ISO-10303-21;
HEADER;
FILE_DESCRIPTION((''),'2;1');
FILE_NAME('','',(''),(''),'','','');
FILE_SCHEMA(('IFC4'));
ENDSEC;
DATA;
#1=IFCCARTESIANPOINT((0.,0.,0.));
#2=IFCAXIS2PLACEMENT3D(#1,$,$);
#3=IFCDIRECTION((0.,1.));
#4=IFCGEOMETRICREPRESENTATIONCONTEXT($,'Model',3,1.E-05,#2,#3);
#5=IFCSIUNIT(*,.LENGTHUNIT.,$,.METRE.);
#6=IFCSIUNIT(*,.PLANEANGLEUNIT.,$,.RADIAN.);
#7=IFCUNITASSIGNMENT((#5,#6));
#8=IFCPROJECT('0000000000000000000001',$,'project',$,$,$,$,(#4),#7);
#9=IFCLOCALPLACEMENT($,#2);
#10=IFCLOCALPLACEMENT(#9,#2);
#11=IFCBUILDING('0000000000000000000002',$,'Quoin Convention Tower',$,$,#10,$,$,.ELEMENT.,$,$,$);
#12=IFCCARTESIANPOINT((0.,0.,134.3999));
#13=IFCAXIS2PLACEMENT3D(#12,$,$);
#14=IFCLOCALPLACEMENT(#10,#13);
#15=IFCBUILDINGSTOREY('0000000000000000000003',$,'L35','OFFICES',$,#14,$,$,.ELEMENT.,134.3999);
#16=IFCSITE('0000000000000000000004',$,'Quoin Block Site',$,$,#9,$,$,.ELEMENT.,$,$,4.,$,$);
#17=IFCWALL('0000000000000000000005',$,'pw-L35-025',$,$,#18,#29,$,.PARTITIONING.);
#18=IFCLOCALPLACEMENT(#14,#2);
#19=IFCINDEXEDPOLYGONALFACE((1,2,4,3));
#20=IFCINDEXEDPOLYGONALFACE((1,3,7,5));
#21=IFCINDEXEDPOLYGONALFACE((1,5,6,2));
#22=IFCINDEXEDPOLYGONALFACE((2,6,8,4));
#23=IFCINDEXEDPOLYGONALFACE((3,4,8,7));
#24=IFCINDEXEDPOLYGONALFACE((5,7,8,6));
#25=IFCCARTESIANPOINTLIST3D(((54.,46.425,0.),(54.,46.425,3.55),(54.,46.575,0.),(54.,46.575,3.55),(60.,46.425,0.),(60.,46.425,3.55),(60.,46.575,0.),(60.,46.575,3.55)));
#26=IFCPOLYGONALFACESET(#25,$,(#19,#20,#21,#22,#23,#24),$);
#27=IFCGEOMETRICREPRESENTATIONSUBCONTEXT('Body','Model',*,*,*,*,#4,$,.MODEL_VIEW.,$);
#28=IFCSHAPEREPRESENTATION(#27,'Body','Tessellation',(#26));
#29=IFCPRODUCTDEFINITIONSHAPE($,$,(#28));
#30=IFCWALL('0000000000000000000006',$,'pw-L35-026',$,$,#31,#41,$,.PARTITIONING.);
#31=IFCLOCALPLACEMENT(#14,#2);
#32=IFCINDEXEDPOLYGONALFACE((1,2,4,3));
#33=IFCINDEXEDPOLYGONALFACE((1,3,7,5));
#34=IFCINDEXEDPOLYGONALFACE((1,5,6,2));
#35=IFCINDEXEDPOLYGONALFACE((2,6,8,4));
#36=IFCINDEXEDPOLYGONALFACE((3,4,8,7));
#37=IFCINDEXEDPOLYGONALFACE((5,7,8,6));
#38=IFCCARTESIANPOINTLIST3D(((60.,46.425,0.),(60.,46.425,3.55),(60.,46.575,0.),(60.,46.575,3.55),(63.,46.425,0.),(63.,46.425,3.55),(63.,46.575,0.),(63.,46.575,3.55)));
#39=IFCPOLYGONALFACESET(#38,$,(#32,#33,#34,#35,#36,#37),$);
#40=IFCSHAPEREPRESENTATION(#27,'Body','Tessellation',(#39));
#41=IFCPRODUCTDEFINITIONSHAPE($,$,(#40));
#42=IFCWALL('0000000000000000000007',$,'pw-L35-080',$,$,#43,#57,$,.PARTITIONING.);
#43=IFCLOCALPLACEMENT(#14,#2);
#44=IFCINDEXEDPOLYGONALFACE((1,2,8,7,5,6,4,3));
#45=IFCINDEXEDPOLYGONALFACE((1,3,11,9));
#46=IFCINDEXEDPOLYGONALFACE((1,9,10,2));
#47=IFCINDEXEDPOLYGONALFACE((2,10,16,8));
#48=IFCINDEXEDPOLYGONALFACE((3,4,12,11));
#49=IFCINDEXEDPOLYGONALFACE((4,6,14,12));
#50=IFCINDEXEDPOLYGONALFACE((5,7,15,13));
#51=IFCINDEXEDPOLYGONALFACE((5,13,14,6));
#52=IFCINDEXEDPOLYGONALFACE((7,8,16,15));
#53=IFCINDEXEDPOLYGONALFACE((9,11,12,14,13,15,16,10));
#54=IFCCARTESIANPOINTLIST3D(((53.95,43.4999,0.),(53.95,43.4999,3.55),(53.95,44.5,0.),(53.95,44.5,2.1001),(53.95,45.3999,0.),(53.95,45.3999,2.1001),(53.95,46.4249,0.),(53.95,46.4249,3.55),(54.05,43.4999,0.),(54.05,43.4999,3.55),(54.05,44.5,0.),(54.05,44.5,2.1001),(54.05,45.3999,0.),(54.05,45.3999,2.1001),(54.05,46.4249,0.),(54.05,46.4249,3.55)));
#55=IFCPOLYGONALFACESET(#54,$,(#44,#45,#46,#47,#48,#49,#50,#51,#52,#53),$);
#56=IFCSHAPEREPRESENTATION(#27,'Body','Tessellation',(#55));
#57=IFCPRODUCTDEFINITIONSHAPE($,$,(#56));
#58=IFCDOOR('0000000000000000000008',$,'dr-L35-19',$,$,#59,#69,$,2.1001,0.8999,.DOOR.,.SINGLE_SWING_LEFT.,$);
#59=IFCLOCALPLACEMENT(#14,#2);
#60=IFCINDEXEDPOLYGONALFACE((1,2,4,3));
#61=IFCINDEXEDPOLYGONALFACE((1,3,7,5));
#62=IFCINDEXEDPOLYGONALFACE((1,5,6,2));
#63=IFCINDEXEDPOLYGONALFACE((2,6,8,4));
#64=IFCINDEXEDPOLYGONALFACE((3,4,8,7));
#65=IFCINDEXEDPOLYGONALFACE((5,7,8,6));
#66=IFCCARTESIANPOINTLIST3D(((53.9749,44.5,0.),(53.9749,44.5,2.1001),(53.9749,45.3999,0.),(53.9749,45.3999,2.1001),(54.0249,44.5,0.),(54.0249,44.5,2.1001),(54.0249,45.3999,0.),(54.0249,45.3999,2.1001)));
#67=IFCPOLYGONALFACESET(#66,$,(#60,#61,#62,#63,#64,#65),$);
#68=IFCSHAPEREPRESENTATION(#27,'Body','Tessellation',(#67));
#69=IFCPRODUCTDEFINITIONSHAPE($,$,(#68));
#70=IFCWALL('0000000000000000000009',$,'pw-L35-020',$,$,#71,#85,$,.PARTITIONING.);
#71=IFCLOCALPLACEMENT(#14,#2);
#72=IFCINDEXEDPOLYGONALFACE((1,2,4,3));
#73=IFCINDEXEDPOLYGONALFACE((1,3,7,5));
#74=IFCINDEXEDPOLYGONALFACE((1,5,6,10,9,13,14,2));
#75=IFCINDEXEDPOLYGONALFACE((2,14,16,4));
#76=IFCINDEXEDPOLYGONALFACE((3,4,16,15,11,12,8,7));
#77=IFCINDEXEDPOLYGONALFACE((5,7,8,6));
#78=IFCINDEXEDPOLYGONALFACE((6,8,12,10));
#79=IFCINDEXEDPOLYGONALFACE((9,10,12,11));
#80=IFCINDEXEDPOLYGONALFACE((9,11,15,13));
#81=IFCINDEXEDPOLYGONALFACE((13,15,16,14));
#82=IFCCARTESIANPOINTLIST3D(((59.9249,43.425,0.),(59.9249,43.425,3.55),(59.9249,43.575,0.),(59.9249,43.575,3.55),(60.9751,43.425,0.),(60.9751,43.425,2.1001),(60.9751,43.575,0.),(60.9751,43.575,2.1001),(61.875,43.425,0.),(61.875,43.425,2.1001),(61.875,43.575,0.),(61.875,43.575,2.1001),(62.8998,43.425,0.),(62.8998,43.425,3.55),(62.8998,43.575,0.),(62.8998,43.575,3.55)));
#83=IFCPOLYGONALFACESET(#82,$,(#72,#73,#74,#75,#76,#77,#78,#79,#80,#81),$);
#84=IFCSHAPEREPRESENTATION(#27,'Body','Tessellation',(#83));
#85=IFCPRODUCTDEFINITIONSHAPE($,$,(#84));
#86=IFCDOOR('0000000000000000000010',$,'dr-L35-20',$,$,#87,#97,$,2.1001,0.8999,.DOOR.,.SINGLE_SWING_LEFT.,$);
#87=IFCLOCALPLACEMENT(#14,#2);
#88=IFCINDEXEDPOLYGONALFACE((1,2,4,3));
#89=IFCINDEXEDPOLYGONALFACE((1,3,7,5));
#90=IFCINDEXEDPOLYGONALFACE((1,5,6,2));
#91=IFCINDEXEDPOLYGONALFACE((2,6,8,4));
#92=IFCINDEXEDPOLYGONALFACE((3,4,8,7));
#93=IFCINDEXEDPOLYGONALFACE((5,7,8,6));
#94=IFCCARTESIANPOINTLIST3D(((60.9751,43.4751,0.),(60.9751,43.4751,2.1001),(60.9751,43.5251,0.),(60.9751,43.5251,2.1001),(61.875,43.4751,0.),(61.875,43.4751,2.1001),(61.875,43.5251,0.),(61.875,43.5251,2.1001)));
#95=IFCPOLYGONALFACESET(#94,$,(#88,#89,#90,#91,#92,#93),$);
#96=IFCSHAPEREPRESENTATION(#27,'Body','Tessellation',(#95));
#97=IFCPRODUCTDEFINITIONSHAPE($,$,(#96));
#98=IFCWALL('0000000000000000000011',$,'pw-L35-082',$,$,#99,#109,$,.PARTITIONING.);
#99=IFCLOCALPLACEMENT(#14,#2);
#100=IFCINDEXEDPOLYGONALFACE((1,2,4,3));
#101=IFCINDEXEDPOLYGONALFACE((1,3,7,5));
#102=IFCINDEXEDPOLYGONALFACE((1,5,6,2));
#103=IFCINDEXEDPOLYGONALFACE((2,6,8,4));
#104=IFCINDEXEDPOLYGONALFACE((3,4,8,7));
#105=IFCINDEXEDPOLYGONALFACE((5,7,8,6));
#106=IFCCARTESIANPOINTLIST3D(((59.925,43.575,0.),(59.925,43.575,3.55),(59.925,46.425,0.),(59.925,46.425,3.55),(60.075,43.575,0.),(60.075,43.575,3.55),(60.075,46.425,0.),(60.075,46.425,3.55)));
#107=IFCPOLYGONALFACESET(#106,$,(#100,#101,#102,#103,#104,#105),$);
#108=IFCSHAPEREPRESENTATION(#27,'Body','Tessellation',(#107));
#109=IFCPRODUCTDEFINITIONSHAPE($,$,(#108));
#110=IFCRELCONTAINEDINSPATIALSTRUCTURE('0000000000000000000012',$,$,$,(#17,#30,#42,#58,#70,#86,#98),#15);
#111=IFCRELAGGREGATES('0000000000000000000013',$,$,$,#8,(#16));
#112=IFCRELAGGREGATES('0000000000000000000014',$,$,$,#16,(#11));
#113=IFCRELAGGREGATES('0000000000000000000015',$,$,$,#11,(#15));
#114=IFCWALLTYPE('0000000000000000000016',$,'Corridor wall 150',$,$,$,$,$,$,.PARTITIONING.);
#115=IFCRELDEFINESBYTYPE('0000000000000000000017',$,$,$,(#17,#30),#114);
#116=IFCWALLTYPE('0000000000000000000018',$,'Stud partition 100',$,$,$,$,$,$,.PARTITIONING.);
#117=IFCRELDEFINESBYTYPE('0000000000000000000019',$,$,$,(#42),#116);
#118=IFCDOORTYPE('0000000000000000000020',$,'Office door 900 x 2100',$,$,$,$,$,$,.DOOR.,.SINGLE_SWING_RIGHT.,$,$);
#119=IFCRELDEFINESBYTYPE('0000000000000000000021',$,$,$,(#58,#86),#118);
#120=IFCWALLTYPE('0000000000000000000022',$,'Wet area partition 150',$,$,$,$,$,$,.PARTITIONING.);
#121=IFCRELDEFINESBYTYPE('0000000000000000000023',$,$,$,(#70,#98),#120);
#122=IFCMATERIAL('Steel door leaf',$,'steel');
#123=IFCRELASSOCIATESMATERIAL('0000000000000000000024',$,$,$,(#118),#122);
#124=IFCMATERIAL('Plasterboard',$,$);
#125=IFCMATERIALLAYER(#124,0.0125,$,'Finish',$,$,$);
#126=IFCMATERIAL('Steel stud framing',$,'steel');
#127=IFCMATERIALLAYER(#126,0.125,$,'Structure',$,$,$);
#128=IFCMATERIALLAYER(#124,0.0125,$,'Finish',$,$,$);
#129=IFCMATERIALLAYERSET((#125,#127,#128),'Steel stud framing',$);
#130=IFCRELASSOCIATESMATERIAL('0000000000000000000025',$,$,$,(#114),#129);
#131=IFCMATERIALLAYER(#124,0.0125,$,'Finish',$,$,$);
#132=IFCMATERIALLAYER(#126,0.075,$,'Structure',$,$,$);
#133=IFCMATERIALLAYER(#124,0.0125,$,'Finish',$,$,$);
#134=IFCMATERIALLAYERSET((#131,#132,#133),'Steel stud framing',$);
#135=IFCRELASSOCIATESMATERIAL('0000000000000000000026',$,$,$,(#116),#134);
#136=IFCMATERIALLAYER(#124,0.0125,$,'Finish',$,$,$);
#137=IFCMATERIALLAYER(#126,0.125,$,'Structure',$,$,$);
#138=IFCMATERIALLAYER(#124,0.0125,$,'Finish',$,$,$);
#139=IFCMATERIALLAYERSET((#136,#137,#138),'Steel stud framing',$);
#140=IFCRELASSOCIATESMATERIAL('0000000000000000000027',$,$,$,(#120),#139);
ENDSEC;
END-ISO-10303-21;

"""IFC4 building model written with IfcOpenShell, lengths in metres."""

from ifc_helpers import new_model, si_unit, direction, frame, frame_2d, origin, place, context, subcontext, project, spatial, rectangle, extrude, material, layer, layer_set, type_object, element, fill, save


model = new_model("IFC4")

# Units and contexts
model_context = context("Model", 3, precision=1e-05, world=origin(), true_north=direction((0.0, 1.0)))
body_context = subcontext(model_context, "Body", "Model", "MODEL_VIEW")
ifc_project = project(units=[si_unit("LENGTHUNIT", "METRE"), si_unit("PLANEANGLEUNIT", "RADIAN")], contexts=[model_context])

# Site, building, storey
site_placement = place(None, origin())
site = spatial("IfcSite", under=ifc_project, at=site_placement, Name="Quoin Block Site", CompositionType="ELEMENT", RefElevation=4.0)
building_placement = place(site_placement, origin())
building = spatial("IfcBuilding", under=site, at=building_placement, Name="Quoin Convention Tower", CompositionType="ELEMENT")
storey_placement = place(building_placement, frame((0.0, 0.0, 134.3999)))
storey = spatial("IfcBuildingStorey", under=building, at=storey_placement, Name="L35", Description="OFFICES", CompositionType="ELEMENT", Elevation=134.3999)

# Shared definitions
ifc_material_1 = material(Name="Plasterboard")
ifc_material_2 = material(Name="Steel stud framing", Category="steel")
ifc_material_3 = material(Name="Steel door leaf", Category="steel")
door_type = type_object("IfcDoorType", Name="Office door 900 x 2100", OperationType="SINGLE_SWING_RIGHT", PredefinedType="DOOR", material=ifc_material_3)

# Walls
ifc_layer_1 = layer(ifc_material_1, 0.0125, Name="Finish")
ifc_layer_2 = layer(ifc_material_2, 0.125, Name="Structure")
ifc_layer_3 = layer(ifc_material_1, 0.0125, Name="Finish")
ifc_layer_set_1 = layer_set([ifc_layer_1, ifc_layer_2, ifc_layer_3], Name="Steel stud framing")
wall_type_1 = type_object("IfcWallType", Name="Corridor wall 150", PredefinedType="PARTITIONING", material=ifc_layer_set_1)
wall_1_placement = place(storey_placement, frame((54.0, 46.5, 0.0), z_axis=(0.0, 0.0, 1.0), x_axis=(1.0, 0.0, 0.0)))
element("IfcWall", 1, at=wall_1_placement, inside=storey, type_object=wall_type_1, Name="pw-L35-025", PredefinedType="PARTITIONING", context=body_context, shape_type="SweptSolid", body=[
    extrude(rectangle(XDim=6.0, YDim=0.1499, at=frame_2d((3.0, 0.0))), origin(), (0.0, 0.0, 1.0), 3.55),
])
wall_2_placement = place(storey_placement, frame((60.0, 46.5, 0.0), z_axis=(0.0, 0.0, 1.0), x_axis=(1.0, 0.0, 0.0)))
element("IfcWall", 2, at=wall_2_placement, inside=storey, type_object=wall_type_1, Name="pw-L35-026", PredefinedType="PARTITIONING", context=body_context, shape_type="SweptSolid", body=[
    extrude(rectangle(XDim=3.0, YDim=0.1499, at=frame_2d((1.5, 0.0))), origin(), (0.0, 0.0, 1.0), 3.55),
])

# Walls, openings, doors
ifc_layer_4 = layer(ifc_material_1, 0.0125, Name="Finish")
ifc_layer_5 = layer(ifc_material_2, 0.075, Name="Structure")
ifc_layer_6 = layer(ifc_material_1, 0.0125, Name="Finish")
ifc_layer_set_2 = layer_set([ifc_layer_4, ifc_layer_5, ifc_layer_6], Name="Steel stud framing")
wall_type_2 = type_object("IfcWallType", Name="Stud partition 100", PredefinedType="PARTITIONING", material=ifc_layer_set_2)
wall_3_placement = place(storey_placement, frame((54.0, 43.5, 0.0), z_axis=(0.0, 0.0, 1.0), x_axis=(0.0, 1.0, 0.0)))
wall_3 = element("IfcWall", 3, at=wall_3_placement, inside=storey, type_object=wall_type_2, Name="pw-L35-080", PredefinedType="PARTITIONING", context=body_context, shape_type="SweptSolid", body=[
    extrude(rectangle(XDim=2.925, YDim=0.1001, at=frame_2d((1.4624, 0.0))), origin(), (0.0, 0.0, 1.0), 3.55),
])
opening_1_placement = place(wall_3_placement, frame((1.0, 0.0, 0.0)))
opening_1 = element("IfcOpeningElement", 4, at=opening_1_placement, cuts=wall_3, PredefinedType="OPENING", context=body_context, shape_type="SweptSolid", body=[
    extrude(rectangle(XDim=0.8999, YDim=2.1001, at=frame_2d((0.45, 1.05))), frame((0.0, 0.0601, 0.0), z_axis=(0.0, -1.0, 0.0), x_axis=(1.0, 0.0, 0.0)), (0.0, 0.0, 1.0), 0.1201),
])
door_1_placement = place(opening_1_placement, frame((0.8999, 0.0, 0.0), z_axis=(0.0, 0.0, 1.0), x_axis=(-1.0, 0.0, 0.0)))
door_1 = element("IfcDoor", 5, at=door_1_placement, inside=storey, type_object=door_type, Name="dr-L35-19", OperationType="SINGLE_SWING_LEFT", OverallHeight=2.1001, OverallWidth=0.8999, PredefinedType="DOOR", context=body_context, shape_type="SweptSolid", body=[
    extrude(rectangle(XDim=0.8999, YDim=2.1001, at=frame_2d((0.45, 1.05))), frame((0.0, 0.0249, 0.0), z_axis=(0.0, -1.0, 0.0), x_axis=(1.0, 0.0, 0.0)), (0.0, 0.0, 1.0), 0.05),
])
fill(opening_1, door_1)
ifc_layer_7 = layer(ifc_material_1, 0.0125, Name="Finish")
ifc_layer_8 = layer(ifc_material_2, 0.125, Name="Structure")
ifc_layer_9 = layer(ifc_material_1, 0.0125, Name="Finish")
ifc_layer_set_3 = layer_set([ifc_layer_7, ifc_layer_8, ifc_layer_9], Name="Steel stud framing")
wall_type_3 = type_object("IfcWallType", Name="Wet area partition 150", PredefinedType="PARTITIONING", material=ifc_layer_set_3)
wall_4_placement = place(storey_placement, frame((59.925, 43.5, 0.0), z_axis=(0.0, 0.0, 1.0), x_axis=(1.0, 0.0, 0.0)))
wall_4 = element("IfcWall", 6, at=wall_4_placement, inside=storey, type_object=wall_type_3, Name="pw-L35-020", PredefinedType="PARTITIONING", context=body_context, shape_type="SweptSolid", body=[
    extrude(rectangle(XDim=2.9749, YDim=0.1499, at=frame_2d((1.4873, 0.0))), origin(), (0.0, 0.0, 1.0), 3.55),
])
opening_2_placement = place(wall_4_placement, frame((1.05, 0.0, 0.0)))
opening_2 = element("IfcOpeningElement", 7, at=opening_2_placement, cuts=wall_4, PredefinedType="OPENING", context=body_context, shape_type="SweptSolid", body=[
    extrude(rectangle(XDim=0.8999, YDim=2.1001, at=frame_2d((0.45, 1.05))), frame((0.0, 0.085, 0.0), z_axis=(0.0, -1.0, 0.0), x_axis=(1.0, 0.0, 0.0)), (0.0, 0.0, 1.0), 0.1699),
])
door_2_placement = place(opening_2_placement, frame((0.8999, 0.0, 0.0), z_axis=(0.0, 0.0, 1.0), x_axis=(-1.0, 0.0, 0.0)))
door_2 = element("IfcDoor", 8, at=door_2_placement, inside=storey, type_object=door_type, Name="dr-L35-20", OperationType="SINGLE_SWING_LEFT", OverallHeight=2.1001, OverallWidth=0.8999, PredefinedType="DOOR", context=body_context, shape_type="SweptSolid", body=[
    extrude(rectangle(XDim=0.8999, YDim=2.1001, at=frame_2d((0.45, 1.05))), frame((0.0, 0.0249, 0.0), z_axis=(0.0, -1.0, 0.0), x_axis=(1.0, 0.0, 0.0)), (0.0, 0.0, 1.0), 0.05),
])
fill(opening_2, door_2)

# Wall
wall_5_placement = place(storey_placement, frame((60.0, 43.575, 0.0), z_axis=(0.0, 0.0, 1.0), x_axis=(0.0, 1.0, 0.0)))
element("IfcWall", 9, at=wall_5_placement, inside=storey, type_object=wall_type_3, Name="pw-L35-082", PredefinedType="PARTITIONING", context=body_context, shape_type="SweptSolid", body=[
    extrude(rectangle(XDim=2.8501, YDim=0.1499, at=frame_2d((1.425, 0.0))), origin(), (0.0, 0.0, 1.0), 3.55),
])

save(model, "model.ifc")
